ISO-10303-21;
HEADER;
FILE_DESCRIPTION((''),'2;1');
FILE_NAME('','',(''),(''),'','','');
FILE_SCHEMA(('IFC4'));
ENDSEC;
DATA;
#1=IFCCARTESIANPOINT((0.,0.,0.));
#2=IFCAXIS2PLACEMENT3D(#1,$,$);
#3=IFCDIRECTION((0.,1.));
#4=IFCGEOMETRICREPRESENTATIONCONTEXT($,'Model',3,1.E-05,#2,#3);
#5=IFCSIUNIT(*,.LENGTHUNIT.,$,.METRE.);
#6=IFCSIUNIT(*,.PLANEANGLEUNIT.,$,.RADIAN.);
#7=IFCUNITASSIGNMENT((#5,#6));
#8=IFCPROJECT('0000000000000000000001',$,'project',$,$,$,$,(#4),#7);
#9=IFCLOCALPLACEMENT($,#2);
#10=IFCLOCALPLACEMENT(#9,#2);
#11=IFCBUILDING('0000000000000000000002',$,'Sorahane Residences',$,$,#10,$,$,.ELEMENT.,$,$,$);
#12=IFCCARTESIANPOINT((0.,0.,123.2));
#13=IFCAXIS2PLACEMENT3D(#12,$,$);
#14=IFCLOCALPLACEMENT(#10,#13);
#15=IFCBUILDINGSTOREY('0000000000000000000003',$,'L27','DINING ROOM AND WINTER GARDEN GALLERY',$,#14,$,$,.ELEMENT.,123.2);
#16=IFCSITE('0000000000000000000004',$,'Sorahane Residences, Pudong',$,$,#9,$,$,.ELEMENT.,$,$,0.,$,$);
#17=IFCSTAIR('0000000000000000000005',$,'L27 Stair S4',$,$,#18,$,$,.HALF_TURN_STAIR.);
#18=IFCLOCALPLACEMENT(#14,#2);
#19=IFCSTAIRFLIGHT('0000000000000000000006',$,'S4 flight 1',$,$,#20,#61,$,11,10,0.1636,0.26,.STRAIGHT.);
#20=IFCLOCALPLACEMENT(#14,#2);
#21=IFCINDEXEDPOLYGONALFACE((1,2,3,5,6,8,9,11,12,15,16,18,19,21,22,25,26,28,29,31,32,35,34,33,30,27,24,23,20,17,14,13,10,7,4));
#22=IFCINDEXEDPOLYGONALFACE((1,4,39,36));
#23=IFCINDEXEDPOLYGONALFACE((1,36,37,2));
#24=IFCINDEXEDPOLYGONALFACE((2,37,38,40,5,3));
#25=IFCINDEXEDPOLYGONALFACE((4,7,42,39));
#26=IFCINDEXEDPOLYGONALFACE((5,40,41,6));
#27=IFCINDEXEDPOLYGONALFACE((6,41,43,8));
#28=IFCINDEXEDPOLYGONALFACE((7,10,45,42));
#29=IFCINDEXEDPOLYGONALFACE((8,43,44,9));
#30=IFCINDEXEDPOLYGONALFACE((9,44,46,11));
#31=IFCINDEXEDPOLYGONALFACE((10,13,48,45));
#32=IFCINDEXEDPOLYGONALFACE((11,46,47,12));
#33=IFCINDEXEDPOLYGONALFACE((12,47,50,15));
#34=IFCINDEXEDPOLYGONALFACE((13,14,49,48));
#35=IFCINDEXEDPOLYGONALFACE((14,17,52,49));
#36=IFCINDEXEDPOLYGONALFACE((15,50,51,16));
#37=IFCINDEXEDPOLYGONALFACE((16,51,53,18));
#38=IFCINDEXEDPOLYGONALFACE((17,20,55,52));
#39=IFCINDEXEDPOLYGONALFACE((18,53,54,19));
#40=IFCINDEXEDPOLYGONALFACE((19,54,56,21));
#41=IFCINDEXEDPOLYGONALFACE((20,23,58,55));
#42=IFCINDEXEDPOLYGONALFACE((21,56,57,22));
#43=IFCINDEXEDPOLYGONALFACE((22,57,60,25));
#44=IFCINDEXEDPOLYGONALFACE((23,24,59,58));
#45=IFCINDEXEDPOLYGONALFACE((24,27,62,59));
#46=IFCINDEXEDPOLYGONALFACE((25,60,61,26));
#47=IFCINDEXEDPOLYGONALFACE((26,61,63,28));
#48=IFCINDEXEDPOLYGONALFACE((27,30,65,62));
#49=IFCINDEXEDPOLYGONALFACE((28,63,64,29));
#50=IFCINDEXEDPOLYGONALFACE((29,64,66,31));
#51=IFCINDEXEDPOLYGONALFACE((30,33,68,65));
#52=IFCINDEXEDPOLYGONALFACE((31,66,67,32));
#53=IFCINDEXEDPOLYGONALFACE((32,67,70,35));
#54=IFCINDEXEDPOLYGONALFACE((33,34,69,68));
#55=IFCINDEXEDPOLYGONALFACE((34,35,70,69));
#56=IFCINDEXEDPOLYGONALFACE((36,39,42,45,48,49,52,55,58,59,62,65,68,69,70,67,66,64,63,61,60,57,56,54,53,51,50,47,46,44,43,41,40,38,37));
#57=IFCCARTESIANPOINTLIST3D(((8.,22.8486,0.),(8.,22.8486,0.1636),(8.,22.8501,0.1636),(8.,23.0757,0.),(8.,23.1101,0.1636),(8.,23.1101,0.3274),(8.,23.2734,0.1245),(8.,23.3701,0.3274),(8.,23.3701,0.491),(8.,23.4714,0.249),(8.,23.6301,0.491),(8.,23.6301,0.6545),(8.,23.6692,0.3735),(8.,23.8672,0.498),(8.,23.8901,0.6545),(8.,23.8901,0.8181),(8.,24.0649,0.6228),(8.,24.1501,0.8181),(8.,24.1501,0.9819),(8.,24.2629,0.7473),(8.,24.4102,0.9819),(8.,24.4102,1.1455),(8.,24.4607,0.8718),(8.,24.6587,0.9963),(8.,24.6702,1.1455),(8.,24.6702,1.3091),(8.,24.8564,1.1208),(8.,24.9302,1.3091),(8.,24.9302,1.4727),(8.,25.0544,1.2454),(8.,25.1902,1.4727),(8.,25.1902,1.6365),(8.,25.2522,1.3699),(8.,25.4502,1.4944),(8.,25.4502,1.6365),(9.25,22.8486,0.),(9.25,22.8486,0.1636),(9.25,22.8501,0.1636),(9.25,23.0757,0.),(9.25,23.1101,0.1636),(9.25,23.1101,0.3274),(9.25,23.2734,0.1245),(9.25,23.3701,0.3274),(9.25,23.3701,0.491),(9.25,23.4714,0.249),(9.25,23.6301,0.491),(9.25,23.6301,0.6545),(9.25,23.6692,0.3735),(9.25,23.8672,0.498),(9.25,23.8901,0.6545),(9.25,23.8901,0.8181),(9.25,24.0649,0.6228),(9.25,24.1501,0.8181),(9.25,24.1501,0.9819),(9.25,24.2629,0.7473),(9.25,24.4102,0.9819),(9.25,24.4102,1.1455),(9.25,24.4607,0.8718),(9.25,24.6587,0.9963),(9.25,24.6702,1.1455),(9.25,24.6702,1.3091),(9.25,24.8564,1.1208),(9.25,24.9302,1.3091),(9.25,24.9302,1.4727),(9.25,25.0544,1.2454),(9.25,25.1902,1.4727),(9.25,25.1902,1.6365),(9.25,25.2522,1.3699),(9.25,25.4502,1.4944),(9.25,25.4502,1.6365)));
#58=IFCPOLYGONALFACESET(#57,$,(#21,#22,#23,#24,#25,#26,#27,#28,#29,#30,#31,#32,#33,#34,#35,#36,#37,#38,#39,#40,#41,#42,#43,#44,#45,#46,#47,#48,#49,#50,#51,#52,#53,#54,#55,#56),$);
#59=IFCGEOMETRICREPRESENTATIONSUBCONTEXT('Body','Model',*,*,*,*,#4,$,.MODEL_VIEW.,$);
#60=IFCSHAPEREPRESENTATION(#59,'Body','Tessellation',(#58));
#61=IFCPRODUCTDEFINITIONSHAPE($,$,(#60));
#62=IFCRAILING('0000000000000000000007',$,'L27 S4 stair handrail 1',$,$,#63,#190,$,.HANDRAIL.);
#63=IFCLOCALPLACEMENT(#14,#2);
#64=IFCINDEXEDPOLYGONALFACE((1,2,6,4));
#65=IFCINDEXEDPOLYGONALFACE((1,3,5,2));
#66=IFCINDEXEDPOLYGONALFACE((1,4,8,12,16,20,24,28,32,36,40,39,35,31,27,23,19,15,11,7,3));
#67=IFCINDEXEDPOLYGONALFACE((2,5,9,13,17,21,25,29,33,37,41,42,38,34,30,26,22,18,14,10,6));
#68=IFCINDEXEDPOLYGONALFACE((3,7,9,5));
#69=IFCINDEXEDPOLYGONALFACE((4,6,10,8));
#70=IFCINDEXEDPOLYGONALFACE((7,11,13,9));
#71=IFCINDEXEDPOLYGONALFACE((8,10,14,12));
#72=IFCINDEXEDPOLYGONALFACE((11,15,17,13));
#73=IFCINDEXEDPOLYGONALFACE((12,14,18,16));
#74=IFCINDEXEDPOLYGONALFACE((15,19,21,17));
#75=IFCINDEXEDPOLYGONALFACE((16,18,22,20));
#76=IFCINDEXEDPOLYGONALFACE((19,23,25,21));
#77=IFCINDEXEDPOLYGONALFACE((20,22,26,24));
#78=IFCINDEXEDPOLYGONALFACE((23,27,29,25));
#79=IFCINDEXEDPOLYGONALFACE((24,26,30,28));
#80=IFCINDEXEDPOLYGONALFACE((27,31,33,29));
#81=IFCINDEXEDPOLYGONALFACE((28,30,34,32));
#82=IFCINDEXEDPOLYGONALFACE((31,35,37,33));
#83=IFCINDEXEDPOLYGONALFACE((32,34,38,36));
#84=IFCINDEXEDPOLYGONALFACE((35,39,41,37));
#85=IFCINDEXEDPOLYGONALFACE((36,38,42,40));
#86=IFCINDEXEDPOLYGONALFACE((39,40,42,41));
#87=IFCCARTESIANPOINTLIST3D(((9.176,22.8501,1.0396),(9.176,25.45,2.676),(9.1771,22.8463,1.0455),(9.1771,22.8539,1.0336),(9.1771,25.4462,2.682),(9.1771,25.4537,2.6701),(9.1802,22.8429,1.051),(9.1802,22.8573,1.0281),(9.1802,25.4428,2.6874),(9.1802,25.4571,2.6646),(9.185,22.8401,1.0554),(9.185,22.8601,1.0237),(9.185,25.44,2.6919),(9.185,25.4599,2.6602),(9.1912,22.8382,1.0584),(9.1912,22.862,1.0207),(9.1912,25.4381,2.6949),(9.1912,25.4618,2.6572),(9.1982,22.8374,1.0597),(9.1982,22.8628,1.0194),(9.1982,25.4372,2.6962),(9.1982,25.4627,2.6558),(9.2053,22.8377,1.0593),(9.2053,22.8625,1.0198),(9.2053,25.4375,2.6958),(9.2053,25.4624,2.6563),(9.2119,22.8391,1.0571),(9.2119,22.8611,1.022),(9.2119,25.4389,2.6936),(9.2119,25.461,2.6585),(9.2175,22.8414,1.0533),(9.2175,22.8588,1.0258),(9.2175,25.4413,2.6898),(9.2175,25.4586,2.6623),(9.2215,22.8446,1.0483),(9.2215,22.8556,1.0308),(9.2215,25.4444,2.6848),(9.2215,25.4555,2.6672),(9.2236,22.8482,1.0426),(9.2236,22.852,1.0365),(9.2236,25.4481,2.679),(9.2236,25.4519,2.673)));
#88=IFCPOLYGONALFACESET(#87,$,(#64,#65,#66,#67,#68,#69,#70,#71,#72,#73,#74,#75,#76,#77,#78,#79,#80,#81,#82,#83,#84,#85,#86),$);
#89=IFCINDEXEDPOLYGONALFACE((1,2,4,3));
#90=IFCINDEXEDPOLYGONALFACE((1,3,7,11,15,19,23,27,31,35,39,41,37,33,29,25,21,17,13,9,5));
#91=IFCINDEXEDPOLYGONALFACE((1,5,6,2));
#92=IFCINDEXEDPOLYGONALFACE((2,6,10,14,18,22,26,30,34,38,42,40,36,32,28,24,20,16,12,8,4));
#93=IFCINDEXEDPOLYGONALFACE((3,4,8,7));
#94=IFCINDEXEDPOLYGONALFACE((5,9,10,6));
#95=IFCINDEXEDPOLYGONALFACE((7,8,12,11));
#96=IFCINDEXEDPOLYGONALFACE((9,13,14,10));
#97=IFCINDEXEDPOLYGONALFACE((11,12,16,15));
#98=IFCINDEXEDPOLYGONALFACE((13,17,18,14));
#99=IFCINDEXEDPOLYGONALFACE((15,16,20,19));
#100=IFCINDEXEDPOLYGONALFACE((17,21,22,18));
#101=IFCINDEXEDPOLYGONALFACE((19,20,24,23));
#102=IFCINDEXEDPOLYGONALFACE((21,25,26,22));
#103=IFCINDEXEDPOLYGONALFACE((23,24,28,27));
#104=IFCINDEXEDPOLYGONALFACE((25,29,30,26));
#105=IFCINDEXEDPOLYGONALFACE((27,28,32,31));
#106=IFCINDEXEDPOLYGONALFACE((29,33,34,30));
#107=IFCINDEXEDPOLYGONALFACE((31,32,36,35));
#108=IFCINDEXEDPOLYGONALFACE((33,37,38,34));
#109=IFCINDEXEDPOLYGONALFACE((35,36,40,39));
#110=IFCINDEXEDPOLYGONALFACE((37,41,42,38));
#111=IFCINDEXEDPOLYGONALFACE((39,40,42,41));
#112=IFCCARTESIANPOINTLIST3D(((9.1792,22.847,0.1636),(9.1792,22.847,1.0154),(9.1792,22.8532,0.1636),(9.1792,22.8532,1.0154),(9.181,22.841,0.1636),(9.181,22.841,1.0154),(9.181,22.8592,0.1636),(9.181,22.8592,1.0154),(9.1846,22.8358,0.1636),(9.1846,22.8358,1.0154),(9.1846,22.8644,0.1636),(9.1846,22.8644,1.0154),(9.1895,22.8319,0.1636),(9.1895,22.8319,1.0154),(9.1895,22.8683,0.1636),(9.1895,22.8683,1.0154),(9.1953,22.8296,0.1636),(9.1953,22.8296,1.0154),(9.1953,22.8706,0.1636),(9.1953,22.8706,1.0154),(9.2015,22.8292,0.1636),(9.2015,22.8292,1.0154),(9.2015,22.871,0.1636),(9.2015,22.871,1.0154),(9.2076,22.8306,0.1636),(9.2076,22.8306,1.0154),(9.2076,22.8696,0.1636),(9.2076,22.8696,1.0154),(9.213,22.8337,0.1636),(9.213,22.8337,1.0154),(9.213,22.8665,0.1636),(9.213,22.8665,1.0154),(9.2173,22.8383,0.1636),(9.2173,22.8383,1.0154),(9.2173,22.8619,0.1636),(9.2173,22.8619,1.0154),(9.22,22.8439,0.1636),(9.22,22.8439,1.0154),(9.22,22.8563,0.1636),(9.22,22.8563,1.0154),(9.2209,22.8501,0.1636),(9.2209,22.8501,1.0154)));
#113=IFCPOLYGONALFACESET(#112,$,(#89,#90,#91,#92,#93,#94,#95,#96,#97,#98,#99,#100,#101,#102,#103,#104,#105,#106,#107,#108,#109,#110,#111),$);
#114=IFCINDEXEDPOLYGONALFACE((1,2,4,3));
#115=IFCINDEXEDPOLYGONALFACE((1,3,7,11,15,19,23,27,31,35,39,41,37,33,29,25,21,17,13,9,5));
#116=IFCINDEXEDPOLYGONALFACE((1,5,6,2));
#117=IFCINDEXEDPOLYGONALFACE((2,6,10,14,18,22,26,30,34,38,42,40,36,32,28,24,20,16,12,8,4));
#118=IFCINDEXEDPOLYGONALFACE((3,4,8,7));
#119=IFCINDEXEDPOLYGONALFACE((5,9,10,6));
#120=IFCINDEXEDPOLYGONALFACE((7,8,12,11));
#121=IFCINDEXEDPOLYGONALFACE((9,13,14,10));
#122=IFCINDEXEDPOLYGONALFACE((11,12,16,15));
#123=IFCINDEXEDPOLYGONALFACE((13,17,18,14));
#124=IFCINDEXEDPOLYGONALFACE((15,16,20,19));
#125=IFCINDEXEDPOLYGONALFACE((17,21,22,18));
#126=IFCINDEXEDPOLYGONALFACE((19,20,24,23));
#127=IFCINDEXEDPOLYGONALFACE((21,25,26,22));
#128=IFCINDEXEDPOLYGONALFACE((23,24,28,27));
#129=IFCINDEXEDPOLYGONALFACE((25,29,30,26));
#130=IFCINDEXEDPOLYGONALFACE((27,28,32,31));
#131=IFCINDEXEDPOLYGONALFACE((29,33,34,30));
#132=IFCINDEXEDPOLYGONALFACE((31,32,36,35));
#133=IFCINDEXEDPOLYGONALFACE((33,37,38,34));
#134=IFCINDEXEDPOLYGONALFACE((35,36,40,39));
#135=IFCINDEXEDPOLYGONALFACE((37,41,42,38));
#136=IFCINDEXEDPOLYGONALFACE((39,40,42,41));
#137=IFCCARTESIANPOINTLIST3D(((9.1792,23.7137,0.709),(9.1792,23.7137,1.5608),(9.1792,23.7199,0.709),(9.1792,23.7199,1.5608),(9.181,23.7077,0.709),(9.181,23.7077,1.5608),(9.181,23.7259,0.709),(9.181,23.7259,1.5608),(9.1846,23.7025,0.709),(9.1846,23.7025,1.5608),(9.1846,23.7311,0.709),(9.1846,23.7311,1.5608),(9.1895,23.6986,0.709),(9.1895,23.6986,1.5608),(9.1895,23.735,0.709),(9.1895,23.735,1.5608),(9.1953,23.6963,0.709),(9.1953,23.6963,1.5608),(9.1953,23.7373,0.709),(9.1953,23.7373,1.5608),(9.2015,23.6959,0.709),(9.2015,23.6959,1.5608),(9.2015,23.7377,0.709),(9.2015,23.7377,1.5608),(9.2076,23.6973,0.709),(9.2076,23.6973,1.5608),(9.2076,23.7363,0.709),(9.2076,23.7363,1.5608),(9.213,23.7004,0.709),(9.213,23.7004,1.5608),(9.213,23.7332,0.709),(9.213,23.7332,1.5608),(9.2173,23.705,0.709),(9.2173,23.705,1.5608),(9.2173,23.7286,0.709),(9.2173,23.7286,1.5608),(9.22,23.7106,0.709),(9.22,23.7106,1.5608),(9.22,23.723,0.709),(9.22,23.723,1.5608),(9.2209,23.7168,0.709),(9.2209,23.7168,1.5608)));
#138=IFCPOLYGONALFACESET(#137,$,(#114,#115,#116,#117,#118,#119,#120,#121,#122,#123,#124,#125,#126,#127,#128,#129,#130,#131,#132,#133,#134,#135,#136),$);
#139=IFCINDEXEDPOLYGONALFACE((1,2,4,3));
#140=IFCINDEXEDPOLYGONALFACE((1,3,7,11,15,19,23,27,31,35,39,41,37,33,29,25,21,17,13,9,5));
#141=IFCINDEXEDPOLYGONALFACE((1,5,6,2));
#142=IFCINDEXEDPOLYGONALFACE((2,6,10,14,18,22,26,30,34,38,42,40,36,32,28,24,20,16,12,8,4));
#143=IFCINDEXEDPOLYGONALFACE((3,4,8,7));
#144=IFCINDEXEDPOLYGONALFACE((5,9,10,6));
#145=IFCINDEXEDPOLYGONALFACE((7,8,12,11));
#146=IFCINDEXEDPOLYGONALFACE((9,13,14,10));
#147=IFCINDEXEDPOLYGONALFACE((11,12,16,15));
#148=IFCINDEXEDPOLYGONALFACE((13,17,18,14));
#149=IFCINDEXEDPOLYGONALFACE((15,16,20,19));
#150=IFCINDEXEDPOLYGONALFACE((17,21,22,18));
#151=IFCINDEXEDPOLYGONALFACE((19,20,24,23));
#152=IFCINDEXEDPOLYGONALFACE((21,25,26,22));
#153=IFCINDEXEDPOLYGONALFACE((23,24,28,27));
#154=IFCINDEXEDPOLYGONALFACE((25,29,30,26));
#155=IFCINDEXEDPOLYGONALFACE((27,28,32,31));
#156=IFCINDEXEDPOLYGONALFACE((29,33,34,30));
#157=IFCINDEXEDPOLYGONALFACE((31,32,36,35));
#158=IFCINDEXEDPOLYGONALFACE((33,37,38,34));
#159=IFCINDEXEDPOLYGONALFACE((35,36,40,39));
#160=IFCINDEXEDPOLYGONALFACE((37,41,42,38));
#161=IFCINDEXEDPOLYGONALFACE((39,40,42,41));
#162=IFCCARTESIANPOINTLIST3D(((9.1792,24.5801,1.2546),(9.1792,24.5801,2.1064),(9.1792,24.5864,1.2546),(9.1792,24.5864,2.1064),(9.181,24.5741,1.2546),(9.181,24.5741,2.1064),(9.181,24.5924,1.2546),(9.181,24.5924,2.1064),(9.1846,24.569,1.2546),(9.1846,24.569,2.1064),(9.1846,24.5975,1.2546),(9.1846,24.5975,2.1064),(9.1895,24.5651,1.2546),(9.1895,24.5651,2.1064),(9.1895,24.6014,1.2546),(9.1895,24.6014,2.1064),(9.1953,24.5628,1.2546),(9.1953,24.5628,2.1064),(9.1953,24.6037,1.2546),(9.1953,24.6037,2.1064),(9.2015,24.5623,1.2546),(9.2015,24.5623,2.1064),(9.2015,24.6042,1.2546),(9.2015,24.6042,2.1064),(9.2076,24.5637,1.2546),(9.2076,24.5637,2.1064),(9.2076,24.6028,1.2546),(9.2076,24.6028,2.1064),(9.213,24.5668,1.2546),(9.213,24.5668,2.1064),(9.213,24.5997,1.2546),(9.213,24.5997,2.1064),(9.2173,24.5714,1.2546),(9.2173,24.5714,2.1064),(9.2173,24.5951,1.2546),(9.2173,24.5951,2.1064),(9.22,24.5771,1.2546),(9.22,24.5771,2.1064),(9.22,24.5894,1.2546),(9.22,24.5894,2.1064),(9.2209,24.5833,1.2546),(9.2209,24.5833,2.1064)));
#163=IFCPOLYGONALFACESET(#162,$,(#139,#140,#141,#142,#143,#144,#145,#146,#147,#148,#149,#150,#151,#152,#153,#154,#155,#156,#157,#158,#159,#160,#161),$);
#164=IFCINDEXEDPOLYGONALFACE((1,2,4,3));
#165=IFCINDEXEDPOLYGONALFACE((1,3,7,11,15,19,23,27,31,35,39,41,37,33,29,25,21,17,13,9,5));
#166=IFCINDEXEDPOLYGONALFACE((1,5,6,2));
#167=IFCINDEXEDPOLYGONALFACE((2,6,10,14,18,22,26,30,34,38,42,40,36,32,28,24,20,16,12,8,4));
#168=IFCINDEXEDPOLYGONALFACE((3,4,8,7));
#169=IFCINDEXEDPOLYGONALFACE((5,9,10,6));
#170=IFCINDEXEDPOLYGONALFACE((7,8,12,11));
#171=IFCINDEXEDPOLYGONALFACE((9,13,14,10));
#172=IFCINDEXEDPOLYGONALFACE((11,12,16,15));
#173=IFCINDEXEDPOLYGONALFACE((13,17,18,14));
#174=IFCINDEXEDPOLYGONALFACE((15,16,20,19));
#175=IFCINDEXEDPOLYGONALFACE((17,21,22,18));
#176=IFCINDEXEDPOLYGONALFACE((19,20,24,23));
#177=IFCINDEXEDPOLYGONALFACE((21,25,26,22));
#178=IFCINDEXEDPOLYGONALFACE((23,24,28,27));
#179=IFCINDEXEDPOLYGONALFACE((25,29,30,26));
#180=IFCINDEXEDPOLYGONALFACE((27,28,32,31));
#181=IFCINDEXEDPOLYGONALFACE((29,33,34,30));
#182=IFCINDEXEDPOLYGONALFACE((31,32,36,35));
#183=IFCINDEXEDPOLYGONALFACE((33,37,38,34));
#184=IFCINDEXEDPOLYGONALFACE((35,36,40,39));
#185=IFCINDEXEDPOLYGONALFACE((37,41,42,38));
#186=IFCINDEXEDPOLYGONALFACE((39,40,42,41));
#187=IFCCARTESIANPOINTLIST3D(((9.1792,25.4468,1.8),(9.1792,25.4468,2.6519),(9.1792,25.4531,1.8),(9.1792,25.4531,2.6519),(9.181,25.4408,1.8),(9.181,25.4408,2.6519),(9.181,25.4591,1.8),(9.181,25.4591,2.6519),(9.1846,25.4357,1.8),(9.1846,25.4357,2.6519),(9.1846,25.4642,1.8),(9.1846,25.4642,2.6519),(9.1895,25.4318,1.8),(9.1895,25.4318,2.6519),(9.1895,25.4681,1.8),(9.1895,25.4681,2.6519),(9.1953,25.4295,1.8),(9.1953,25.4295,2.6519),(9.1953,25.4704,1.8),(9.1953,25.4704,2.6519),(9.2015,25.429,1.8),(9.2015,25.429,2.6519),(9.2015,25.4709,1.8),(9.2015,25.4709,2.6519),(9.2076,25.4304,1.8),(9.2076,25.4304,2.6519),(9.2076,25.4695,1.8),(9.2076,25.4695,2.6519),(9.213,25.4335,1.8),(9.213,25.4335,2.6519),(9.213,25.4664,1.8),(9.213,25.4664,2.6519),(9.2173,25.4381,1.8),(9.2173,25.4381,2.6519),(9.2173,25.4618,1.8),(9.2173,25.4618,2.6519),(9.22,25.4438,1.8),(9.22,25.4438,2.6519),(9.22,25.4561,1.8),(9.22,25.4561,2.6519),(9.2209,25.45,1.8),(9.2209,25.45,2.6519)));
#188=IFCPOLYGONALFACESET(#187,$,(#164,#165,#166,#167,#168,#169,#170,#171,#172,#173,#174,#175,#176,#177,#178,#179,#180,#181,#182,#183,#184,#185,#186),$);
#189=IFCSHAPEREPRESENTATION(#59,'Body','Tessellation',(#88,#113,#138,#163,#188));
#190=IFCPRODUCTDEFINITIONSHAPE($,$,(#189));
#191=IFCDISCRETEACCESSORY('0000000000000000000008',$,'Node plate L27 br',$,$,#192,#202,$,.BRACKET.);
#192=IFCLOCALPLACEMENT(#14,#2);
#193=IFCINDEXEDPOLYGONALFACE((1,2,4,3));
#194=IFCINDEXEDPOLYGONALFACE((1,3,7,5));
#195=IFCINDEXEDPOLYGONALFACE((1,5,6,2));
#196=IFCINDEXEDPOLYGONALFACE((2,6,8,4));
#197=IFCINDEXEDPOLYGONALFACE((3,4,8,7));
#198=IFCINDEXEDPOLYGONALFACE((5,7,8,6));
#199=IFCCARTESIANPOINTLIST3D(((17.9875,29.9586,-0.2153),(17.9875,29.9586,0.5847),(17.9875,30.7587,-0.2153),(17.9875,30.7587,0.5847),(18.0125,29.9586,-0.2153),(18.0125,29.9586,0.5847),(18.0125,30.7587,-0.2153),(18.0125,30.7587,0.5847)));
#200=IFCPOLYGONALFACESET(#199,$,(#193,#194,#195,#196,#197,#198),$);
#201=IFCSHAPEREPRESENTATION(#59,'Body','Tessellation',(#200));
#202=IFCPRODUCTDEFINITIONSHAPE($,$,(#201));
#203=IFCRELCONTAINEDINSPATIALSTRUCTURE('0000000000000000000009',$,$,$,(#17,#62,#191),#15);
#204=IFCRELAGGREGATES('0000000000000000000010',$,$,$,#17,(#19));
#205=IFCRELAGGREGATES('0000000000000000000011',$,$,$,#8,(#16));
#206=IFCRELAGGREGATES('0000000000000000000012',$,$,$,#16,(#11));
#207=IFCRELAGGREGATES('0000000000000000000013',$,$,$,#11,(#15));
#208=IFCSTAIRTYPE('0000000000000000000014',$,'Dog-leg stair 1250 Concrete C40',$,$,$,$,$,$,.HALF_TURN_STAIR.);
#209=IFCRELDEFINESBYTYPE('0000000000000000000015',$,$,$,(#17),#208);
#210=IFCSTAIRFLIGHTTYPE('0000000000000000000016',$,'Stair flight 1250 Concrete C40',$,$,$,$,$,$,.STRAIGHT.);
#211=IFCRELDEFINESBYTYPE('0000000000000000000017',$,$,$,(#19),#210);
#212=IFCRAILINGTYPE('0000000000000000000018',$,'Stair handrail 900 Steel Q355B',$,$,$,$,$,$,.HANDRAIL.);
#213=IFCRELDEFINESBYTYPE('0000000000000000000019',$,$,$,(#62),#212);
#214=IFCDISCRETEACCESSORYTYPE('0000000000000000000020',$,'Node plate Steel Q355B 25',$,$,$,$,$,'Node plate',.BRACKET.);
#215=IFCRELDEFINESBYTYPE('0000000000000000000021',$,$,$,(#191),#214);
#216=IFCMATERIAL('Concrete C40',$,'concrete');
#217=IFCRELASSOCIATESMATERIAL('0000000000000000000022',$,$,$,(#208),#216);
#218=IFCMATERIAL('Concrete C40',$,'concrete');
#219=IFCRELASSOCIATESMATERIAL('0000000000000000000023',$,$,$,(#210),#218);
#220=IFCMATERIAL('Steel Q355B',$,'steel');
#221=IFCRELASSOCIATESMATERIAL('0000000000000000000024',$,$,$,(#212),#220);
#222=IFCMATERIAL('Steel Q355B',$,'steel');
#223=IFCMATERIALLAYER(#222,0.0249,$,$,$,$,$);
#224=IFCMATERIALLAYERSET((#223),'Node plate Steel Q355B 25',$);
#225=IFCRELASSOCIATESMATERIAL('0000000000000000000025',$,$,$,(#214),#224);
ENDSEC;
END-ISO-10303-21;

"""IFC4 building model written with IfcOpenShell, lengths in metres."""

from ifc_helpers import new_model, si_unit, direction, frame, origin, origin_2d, place, context, subcontext, project, spatial, polyline, rectangle, circle, outline, extrude, material, layer, layer_set, type_object, element, aggregate, save


model = new_model("IFC4")

# Units and contexts
model_context = context("Model", 3, precision=1e-05, world=origin(), true_north=direction((0.0, 1.0)))
body_context = subcontext(model_context, "Body", "Model", "MODEL_VIEW")
ifc_project = project(units=[si_unit("LENGTHUNIT", "METRE"), si_unit("PLANEANGLEUNIT", "RADIAN")], contexts=[model_context])

# Site, building, storey
site_placement = place(None, origin())
site = spatial("IfcSite", under=ifc_project, at=site_placement, Name="Sorahane Residences, Pudong", CompositionType="ELEMENT", RefElevation=0.0)
building_placement = place(site_placement, origin())
building = spatial("IfcBuilding", under=site, at=building_placement, Name="Sorahane Residences", CompositionType="ELEMENT")
storey_placement = place(building_placement, frame((0.0, 0.0, 123.2)))
storey = spatial("IfcBuildingStorey", under=building, at=storey_placement, Name="L27", Description="DINING ROOM AND WINTER GARDEN GALLERY", CompositionType="ELEMENT", Elevation=123.2)

# Stair, stair flight
ifc_material_1 = material(Name="Concrete C40", Category="concrete")
stair_type = type_object("IfcStairType", Name="Dog-leg stair 1250 Concrete C40", PredefinedType="HALF_TURN_STAIR", material=ifc_material_1)
ifc_material_2 = material(Name="Concrete C40", Category="concrete")
stair_flight_type = type_object("IfcStairFlightType", Name="Stair flight 1250 Concrete C40", PredefinedType="STRAIGHT", material=ifc_material_2)
stair_1_placement = place(storey_placement, origin())
stair_1 = element("IfcStair", 1, at=stair_1_placement, inside=storey, type_object=stair_type, Name="L27 Stair S4", PredefinedType="HALF_TURN_STAIR")
stair_flight_1_placement = place(storey_placement, frame((8.625, 22.8501, 0.0), z_axis=(0.0, 0.0, 1.0), x_axis=(0.0, 1.0, 0.0)))
stair_flight_1 = element("IfcStairFlight", 2, at=stair_flight_1_placement, type_object=stair_flight_type, Name="S4 flight 1", NumberOfRisers=11, NumberOfTreads=10, PredefinedType="STRAIGHT", RiserHeight=0.1636, TreadLength=0.26, context=body_context, shape_type="SweptSolid", body=[
    extrude(outline(polyline([(-0.0015, 0.0), (-0.0015, 0.1636), (0.0, 0.1636), (0.26, 0.1636), (0.26, 0.3274), (0.52, 0.3274), (0.52, 0.491), (0.78, 0.491), (0.78, 0.6545), (1.04, 0.6545), (1.04, 0.8181), (1.3, 0.8181), (1.3, 0.9819), (1.5601, 0.9819), (1.5601, 1.1455), (1.8201, 1.1455), (1.8201, 1.3091), (2.0801, 1.3091), (2.0801, 1.4727), (2.3401, 1.4727), (2.3401, 1.6365), (2.6001, 1.6365), (2.6001, 1.8), (2.6001, 1.4944), (2.4021, 1.3699), (2.2043, 1.2454), (2.0063, 1.1208), (1.8086, 0.9963), (1.6106, 0.8718), (1.4128, 0.7473), (1.2148, 0.6228), (1.0171, 0.498), (0.8191, 0.3735), (0.6213, 0.249), (0.4233, 0.1245), (0.2256, 0.0), (-0.0015, 0.0)])), frame((0.0, 0.625, 0.0), z_axis=(0.0, -1.0, 0.0), x_axis=(1.0, 0.0, 0.0)), (0.0, 0.0, 1.0), 1.25),
])
aggregate(stair_1, [stair_flight_1])

# Railing
ifc_material_3 = material(Name="Steel Q355B", Category="steel")
railing_type = type_object("IfcRailingType", Name="Stair handrail 900 Steel Q355B", PredefinedType="HANDRAIL", material=ifc_material_3)
railing_placement = place(storey_placement, frame((9.2, 22.8501, 0.1636)))
element("IfcRailing", 3, at=railing_placement, inside=storey, type_object=railing_type, Name="L27 S4 stair handrail 1", PredefinedType="HANDRAIL", context=body_context, shape_type="SweptSolid", body=[
    extrude(circle(Radius=0.0239, at=origin_2d()), frame((0.0, 0.0, 0.876), z_axis=(0.0, 0.846302, 0.532704), x_axis=(-1.0, 0.0, 0.0)), (0.0, 0.0, 1.0), 3.072),
    extrude(circle(Radius=0.021, at=origin_2d()), origin(), (0.0, 0.0, 1.0), 0.8518),
    extrude(circle(Radius=0.021, at=origin_2d()), frame((0.0, 0.8667, 0.5454)), (0.0, 0.0, 1.0), 0.8518),
    extrude(circle(Radius=0.021, at=origin_2d()), frame((0.0, 1.7332, 1.0911)), (0.0, 0.0, 1.0), 0.8518),
    extrude(circle(Radius=0.021, at=origin_2d()), frame((0.0, 2.5999, 1.6365)), (0.0, 0.0, 1.0), 0.8518),
])

# Discrete accessory
ifc_material_4 = material(Name="Steel Q355B", Category="steel")
ifc_layer_1 = layer(ifc_material_4, 0.0249)
ifc_layer_set_1 = layer_set([ifc_layer_1], Name="Node plate Steel Q355B 25")
discrete_accessory_type = type_object("IfcDiscreteAccessoryType", Name="Node plate Steel Q355B 25", ElementType="Node plate", PredefinedType="BRACKET", material=ifc_layer_set_1)
for number, where, z_axis, x_axis, name in (
    (4, (18.0, 30.3586, -0.2153), (0.0, 0.0, 1.0), (0.0, 1.0, 0.0), "Node plate L27 br"),
):
    element("IfcDiscreteAccessory", number, at=place(storey_placement, frame(where, z_axis=z_axis, x_axis=x_axis)), inside=storey, type_object=discrete_accessory_type, Name=name, PredefinedType="BRACKET", context=body_context, shape_type="SweptSolid", body=[
        extrude(rectangle(XDim=0.8, YDim=0.0249, at=origin_2d()), origin(), (0.0, 0.0, 1.0), 0.8),
    ])

save(model, "model.ifc")
